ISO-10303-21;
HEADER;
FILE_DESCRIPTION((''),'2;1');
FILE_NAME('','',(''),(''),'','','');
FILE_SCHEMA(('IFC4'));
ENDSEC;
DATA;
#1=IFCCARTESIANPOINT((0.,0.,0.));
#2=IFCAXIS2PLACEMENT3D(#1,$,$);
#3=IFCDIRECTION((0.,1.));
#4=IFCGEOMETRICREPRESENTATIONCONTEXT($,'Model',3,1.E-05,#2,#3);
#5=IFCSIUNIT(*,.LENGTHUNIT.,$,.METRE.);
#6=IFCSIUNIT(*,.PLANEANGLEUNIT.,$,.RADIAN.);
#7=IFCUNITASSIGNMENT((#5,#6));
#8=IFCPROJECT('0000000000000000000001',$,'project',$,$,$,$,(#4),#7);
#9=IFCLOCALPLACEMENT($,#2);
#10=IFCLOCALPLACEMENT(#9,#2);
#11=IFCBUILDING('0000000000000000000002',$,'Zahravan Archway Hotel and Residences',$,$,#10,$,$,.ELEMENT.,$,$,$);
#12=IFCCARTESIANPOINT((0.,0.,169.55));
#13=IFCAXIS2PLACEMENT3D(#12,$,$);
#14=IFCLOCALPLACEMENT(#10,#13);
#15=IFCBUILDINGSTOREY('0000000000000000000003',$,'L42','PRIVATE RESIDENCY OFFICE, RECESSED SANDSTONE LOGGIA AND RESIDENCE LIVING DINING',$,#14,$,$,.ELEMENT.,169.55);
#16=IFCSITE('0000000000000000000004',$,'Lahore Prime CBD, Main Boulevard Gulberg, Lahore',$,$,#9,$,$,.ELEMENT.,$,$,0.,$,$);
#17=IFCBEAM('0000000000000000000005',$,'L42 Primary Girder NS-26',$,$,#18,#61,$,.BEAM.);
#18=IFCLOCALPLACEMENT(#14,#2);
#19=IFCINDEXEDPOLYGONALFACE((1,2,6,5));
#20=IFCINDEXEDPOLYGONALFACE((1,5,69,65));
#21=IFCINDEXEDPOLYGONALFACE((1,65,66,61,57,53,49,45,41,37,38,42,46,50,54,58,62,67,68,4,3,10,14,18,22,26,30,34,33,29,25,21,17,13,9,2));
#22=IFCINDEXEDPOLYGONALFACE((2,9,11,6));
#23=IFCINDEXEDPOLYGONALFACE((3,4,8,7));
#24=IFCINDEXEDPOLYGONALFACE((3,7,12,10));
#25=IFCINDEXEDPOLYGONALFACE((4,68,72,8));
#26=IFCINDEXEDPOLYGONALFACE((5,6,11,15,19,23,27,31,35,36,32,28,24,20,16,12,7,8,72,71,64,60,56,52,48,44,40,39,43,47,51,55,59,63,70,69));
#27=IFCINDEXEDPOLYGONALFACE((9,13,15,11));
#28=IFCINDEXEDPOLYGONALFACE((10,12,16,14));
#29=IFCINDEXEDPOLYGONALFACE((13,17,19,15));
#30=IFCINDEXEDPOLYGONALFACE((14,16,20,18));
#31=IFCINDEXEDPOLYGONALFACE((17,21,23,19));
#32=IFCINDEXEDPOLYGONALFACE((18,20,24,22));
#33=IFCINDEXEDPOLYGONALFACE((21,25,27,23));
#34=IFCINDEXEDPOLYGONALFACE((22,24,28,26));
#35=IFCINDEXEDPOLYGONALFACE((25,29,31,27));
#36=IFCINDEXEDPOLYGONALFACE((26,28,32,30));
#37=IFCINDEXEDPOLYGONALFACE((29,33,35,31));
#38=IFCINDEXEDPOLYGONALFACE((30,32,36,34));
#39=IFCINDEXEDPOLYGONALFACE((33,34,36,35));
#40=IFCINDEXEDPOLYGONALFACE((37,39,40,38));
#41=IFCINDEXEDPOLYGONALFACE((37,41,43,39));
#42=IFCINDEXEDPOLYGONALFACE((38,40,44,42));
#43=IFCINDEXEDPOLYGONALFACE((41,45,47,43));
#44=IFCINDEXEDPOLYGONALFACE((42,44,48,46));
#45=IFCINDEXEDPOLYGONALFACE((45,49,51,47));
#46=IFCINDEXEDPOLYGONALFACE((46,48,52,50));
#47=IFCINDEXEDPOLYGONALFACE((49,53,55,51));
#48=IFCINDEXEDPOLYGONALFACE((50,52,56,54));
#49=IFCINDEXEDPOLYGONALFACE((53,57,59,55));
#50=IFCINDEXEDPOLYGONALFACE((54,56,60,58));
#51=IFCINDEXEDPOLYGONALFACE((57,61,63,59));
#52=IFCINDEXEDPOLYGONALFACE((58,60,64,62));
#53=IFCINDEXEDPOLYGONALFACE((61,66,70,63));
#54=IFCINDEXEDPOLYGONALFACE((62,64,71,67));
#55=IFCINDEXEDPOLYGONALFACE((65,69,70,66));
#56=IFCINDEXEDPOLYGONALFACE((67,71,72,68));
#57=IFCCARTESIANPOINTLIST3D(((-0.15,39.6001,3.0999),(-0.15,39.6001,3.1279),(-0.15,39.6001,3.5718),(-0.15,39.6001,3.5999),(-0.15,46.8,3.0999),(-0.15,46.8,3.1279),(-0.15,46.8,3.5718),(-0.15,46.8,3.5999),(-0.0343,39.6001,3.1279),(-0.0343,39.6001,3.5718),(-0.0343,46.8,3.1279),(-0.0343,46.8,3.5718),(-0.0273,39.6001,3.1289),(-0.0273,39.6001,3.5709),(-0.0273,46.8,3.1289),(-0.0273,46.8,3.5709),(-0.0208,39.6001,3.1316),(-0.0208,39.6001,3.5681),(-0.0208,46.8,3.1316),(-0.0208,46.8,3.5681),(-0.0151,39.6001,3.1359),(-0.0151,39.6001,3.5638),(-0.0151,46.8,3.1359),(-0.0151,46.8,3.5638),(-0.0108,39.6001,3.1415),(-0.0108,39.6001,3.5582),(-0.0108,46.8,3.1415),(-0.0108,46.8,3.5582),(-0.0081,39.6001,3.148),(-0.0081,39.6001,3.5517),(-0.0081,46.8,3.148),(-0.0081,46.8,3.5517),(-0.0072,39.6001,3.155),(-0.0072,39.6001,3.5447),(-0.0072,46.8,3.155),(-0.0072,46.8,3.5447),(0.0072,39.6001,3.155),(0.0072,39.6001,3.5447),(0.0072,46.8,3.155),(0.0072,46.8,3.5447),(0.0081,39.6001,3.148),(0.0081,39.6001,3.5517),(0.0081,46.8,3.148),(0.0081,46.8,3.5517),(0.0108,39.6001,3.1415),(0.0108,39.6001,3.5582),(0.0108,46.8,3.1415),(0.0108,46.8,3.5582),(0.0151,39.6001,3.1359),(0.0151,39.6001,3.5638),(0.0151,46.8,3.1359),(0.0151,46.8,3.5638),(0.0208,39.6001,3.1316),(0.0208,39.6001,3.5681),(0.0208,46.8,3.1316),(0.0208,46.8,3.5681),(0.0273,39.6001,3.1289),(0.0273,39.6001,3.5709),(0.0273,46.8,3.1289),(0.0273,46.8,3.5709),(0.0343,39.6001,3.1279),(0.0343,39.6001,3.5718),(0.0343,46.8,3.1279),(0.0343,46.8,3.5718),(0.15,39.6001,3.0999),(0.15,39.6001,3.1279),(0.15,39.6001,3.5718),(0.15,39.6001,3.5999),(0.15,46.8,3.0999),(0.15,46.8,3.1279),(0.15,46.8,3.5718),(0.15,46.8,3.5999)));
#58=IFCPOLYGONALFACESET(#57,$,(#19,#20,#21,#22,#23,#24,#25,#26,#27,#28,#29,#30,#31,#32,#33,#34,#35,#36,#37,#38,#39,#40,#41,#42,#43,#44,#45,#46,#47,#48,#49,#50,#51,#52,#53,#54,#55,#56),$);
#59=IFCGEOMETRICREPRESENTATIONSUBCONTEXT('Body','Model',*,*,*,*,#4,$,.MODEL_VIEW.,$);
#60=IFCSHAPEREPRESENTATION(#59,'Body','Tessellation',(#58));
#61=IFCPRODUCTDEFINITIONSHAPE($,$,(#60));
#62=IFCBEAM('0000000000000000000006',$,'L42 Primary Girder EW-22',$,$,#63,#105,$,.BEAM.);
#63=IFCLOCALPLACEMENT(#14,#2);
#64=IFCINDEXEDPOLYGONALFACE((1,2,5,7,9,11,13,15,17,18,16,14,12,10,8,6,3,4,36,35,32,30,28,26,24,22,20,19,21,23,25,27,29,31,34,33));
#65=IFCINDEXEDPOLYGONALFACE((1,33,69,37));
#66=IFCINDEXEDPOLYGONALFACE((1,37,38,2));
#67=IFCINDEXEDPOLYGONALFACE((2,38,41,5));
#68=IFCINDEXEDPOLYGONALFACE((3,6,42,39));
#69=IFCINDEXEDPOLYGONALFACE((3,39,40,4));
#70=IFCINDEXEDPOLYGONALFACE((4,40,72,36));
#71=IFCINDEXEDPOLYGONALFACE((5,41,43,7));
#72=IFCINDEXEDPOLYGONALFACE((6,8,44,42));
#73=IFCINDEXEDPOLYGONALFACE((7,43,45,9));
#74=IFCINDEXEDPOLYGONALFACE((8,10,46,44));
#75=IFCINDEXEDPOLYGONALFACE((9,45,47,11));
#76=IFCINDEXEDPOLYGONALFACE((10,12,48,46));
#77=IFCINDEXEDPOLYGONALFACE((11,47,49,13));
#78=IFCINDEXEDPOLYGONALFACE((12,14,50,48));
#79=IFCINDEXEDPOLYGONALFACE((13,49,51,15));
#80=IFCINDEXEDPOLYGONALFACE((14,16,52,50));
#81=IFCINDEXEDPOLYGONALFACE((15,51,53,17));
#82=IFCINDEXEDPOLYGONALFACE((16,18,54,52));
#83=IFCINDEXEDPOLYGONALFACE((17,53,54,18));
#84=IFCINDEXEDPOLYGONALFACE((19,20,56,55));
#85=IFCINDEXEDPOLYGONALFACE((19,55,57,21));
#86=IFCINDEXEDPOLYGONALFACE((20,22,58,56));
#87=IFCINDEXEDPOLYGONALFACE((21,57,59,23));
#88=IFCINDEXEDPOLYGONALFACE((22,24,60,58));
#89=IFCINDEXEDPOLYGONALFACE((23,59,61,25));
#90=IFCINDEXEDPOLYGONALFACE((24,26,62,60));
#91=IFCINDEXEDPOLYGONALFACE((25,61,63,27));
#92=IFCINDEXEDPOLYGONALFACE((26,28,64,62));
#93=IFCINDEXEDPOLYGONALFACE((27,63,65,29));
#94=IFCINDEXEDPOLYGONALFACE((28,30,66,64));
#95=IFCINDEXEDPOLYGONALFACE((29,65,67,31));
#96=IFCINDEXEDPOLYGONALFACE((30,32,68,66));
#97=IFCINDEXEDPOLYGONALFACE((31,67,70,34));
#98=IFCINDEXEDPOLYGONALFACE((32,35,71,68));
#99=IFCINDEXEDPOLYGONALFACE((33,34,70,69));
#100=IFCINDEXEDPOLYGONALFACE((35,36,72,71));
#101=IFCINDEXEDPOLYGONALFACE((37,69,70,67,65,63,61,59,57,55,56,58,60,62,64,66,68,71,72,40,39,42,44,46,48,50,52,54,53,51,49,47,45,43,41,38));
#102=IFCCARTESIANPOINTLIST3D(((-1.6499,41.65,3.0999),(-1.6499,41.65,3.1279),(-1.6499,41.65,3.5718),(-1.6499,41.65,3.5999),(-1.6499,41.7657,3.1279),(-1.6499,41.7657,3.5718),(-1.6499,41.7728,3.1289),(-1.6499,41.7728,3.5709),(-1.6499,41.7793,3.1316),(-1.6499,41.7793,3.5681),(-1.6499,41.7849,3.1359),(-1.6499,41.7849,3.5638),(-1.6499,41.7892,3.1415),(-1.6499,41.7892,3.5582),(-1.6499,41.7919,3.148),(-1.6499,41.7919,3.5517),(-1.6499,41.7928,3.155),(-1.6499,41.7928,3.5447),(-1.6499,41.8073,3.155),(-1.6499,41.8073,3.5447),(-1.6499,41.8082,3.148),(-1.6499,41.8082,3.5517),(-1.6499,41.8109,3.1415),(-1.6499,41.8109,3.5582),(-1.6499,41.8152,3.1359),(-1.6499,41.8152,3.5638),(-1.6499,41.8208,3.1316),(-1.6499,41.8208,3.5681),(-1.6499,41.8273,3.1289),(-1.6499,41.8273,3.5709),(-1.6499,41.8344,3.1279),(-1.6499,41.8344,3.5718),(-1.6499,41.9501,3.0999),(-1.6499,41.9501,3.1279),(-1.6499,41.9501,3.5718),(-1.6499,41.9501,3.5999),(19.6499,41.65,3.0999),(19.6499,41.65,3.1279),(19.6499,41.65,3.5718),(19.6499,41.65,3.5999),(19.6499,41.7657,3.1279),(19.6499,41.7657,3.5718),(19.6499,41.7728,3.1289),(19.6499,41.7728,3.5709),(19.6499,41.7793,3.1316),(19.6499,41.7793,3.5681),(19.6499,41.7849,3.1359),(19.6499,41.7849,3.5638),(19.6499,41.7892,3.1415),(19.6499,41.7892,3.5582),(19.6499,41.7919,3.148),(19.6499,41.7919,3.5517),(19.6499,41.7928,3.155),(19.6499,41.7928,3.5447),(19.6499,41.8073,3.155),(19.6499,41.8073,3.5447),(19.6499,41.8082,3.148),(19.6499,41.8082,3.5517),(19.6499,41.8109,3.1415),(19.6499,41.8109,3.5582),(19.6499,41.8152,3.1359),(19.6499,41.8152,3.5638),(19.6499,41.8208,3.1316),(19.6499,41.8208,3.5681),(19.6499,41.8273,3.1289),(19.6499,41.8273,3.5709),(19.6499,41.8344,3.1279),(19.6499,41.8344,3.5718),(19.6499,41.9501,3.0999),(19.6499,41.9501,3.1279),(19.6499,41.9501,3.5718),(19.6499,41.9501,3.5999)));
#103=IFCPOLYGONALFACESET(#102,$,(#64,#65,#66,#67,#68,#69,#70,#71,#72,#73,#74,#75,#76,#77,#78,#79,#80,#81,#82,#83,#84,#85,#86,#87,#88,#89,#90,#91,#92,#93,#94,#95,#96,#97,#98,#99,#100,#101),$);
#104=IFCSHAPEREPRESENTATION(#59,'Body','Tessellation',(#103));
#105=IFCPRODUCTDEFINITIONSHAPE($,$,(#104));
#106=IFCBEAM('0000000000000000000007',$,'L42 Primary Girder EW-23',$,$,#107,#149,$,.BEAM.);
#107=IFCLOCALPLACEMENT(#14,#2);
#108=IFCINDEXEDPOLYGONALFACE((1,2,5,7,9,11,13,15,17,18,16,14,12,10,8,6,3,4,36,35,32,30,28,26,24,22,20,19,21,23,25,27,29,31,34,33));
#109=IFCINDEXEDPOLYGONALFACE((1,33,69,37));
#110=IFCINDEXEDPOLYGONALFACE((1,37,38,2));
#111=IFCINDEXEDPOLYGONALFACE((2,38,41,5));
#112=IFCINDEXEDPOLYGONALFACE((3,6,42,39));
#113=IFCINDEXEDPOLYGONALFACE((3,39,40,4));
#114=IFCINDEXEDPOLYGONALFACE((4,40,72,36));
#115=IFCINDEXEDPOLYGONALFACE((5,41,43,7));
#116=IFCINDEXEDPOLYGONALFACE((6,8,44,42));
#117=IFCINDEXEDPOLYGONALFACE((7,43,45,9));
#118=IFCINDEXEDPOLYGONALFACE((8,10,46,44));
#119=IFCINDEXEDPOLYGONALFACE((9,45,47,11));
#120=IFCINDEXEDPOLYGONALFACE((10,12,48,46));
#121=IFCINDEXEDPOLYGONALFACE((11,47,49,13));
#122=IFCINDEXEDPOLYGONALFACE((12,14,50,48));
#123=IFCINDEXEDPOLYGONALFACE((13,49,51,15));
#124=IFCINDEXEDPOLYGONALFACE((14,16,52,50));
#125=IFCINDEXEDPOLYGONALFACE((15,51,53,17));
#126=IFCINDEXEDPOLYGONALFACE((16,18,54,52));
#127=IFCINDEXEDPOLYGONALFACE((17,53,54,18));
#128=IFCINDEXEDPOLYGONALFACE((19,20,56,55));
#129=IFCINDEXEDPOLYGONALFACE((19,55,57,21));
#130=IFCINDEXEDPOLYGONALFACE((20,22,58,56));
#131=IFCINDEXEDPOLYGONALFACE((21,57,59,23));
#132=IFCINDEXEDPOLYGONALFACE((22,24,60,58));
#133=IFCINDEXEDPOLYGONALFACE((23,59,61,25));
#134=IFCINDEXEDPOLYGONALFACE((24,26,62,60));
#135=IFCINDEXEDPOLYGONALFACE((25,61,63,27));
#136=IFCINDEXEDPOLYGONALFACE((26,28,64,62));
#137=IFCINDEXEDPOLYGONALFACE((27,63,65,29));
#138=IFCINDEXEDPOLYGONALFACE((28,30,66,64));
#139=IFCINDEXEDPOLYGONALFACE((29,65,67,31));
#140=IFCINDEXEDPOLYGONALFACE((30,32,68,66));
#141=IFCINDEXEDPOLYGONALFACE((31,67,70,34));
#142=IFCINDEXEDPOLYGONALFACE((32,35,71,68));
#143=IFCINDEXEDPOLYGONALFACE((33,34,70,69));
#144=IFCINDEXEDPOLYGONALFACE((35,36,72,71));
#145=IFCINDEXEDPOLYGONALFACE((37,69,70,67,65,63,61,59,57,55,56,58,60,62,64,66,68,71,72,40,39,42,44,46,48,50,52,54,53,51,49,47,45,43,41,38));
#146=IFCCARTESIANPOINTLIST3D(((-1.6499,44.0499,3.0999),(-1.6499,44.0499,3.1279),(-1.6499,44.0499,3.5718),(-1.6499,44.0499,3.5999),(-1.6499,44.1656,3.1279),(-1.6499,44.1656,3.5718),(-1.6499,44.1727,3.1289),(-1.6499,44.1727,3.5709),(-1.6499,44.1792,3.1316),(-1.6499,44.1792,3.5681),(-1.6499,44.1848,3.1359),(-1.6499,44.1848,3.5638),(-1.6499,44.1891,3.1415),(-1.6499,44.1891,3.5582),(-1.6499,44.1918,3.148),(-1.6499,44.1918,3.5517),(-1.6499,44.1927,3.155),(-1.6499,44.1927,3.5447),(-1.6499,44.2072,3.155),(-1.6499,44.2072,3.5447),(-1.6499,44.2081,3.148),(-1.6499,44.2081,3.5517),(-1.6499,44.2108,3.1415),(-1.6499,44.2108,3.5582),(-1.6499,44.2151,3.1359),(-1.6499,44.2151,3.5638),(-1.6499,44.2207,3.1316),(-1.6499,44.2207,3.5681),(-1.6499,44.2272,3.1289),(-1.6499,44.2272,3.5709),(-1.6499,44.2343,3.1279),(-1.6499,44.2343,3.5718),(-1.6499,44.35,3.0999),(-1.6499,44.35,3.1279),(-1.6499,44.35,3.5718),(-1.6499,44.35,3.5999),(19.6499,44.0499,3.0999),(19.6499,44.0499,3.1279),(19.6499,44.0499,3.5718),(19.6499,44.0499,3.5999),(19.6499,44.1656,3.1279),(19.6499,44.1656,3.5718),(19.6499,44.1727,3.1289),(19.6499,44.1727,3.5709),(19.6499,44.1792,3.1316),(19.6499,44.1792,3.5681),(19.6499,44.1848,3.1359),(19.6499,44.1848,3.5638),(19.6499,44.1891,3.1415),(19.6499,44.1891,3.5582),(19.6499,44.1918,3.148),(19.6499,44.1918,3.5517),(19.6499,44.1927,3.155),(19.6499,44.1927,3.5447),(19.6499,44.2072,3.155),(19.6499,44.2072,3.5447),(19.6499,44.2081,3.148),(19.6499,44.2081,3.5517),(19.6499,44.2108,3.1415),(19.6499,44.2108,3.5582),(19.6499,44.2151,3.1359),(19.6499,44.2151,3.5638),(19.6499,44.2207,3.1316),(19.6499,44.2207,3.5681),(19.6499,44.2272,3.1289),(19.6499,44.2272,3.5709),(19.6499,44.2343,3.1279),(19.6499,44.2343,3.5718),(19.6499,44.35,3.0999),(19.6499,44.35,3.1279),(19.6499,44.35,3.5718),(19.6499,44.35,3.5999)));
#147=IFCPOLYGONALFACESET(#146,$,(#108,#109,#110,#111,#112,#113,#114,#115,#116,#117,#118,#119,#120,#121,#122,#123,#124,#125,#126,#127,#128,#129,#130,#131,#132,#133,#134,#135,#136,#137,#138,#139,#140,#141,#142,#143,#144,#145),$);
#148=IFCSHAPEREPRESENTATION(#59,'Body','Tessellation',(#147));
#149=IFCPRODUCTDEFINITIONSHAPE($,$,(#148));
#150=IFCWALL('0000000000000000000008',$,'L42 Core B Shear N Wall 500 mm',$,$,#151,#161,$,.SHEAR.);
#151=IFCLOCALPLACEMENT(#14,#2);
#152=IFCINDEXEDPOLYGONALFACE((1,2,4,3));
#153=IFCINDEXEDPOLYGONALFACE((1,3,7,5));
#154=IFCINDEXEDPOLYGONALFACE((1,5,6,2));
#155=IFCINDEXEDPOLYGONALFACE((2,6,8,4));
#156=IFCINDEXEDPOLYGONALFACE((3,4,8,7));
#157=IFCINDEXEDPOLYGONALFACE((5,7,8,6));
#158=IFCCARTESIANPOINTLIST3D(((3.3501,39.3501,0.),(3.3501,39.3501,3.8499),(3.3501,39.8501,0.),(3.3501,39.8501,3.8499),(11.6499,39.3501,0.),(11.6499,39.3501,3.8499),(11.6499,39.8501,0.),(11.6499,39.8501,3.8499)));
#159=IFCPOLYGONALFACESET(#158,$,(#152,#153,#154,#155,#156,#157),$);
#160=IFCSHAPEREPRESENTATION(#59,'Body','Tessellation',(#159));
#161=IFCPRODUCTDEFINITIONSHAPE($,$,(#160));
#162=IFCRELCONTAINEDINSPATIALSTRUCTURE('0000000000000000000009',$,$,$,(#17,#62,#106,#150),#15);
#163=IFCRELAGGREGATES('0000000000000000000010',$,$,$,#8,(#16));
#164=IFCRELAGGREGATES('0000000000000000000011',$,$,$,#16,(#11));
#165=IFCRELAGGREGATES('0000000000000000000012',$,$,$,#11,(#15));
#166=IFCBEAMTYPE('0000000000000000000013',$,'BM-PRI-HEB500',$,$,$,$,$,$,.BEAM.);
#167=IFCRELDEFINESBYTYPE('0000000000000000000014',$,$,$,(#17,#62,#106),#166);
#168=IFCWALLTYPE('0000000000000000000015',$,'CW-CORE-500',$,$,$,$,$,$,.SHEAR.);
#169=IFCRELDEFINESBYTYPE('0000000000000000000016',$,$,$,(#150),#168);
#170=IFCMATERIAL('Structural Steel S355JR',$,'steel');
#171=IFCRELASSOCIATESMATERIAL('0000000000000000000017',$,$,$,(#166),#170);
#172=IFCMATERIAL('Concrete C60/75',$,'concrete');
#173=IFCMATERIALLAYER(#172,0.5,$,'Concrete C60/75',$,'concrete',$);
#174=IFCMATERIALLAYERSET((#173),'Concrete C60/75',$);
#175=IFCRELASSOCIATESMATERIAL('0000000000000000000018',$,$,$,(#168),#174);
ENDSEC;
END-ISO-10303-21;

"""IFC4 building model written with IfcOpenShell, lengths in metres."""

from ifc_helpers import new_model, si_unit, direction, frame, frame_2d, origin, origin_2d, place, context, subcontext, project, spatial, rectangle, i_section, extrude, source, transform, mapped, material, layer, layer_set, material_profile, profile_set, type_object, element, save


model = new_model("IFC4")

# Units and contexts
model_context = context("Model", 3, precision=1e-05, world=origin(), true_north=direction((0.0, 1.0)))
body_context = subcontext(model_context, "Body", "Model", "MODEL_VIEW")
ifc_project = project(units=[si_unit("LENGTHUNIT", "METRE"), si_unit("PLANEANGLEUNIT", "RADIAN")], contexts=[model_context])

# Site, building, storey
site_placement = place(None, origin())
site = spatial("IfcSite", under=ifc_project, at=site_placement, Name="Lahore Prime CBD, Main Boulevard Gulberg, Lahore", CompositionType="ELEMENT", RefElevation=0.0)
building_placement = place(site_placement, origin())
building = spatial("IfcBuilding", under=site, at=building_placement, Name="Zahravan Archway Hotel and Residences", CompositionType="ELEMENT")
storey_placement = place(building_placement, frame((0.0, 0.0, 169.55)))
storey = spatial("IfcBuildingStorey", under=building, at=storey_placement, Name="L42", Description="PRIVATE RESIDENCY OFFICE, RECESSED SANDSTONE LOGGIA AND RESIDENCE LIVING DINING", CompositionType="ELEMENT", Elevation=169.55)

# Shared definitions
ifc_material_1 = material(Name="Concrete C60/75", Category="concrete")

# Beams
ifc_material_2 = material(Name="Structural Steel S355JR", Category="steel")
ifc_material_profile_1 = material_profile(ifc_material_2, i_section(OverallWidth=0.3, OverallDepth=0.5, WebThickness=0.0144, FlangeThickness=0.0281, FilletRadius=0.0271, at=origin_2d()), Name="HEB 500", Category="steel")
ifc_profile_set_1 = profile_set([ifc_material_profile_1], Name="Structural Steel S355JR")
beam_type_1 = type_object("IfcBeamType", Name="BM-PRI-HEB500", PredefinedType="BEAM", material=ifc_profile_set_1)
shared_shape_1 = source(origin(), body_context, "Body", "SweptSolid", [
    extrude(i_section(OverallWidth=0.3, OverallDepth=0.5, WebThickness=0.0144, FlangeThickness=0.0281, FilletRadius=0.0271, at=origin_2d()), origin(), (0.0, 0.0, 1.0), 7.2),
])
for number, where, z_axis, x_axis, name in (
    (1, (0.0, 39.6001, 3.3499), (0.0, 1.0, 0.0), (-1.0, 0.0, 0.0), "L42 Primary Girder NS-26"),
):
    element("IfcBeam", number, at=place(storey_placement, frame(where, z_axis=z_axis, x_axis=x_axis)), inside=storey, type_object=beam_type_1, Name=name, PredefinedType="BEAM", context=body_context, shape_type="MappedRepresentation", body=[
        mapped(shared_shape_1, transform((0.0, 0.0, 0.0), scale=1.0)),
    ])
shared_shape_2 = source(origin(), body_context, "Body", "SweptSolid", [
    extrude(i_section(OverallWidth=0.3, OverallDepth=0.5, WebThickness=0.0144, FlangeThickness=0.0281, FilletRadius=0.0271, at=origin_2d()), origin(), (0.0, 0.0, 1.0), 21.2998),
])
for number, where, z_axis, x_axis, name in (
    (2, (-1.6499, 41.8, 3.3499), (1.0, 0.0, 0.0), (0.0, 1.0, 0.0), "L42 Primary Girder EW-22"),
    (3, (-1.6499, 44.2, 3.3499), (1.0, 0.0, 0.0), (0.0, 1.0, 0.0), "L42 Primary Girder EW-23"),
):
    element("IfcBeam", number, at=place(storey_placement, frame(where, z_axis=z_axis, x_axis=x_axis)), inside=storey, type_object=beam_type_1, Name=name, PredefinedType="BEAM", context=body_context, shape_type="MappedRepresentation", body=[
        mapped(shared_shape_2, transform((0.0, 0.0, 0.0), scale=1.0)),
    ])

# Wall
ifc_layer_1 = layer(ifc_material_1, 0.5, Name="Concrete C60/75", Category="concrete")
ifc_layer_set_1 = layer_set([ifc_layer_1], Name="Concrete C60/75")
wall_type_1 = type_object("IfcWallType", Name="CW-CORE-500", PredefinedType="SHEAR", material=ifc_layer_set_1)
wall_1_placement = place(storey_placement, frame((3.3501, 39.6001, 0.0), z_axis=(0.0, 0.0, 1.0), x_axis=(1.0, 0.0, 0.0)))
element("IfcWall", 4, at=wall_1_placement, inside=storey, type_object=wall_type_1, Name="L42 Core B Shear N Wall 500 mm", PredefinedType="SHEAR", context=body_context, shape_type="SweptSolid", body=[
    extrude(rectangle(XDim=8.2998, YDim=0.5, at=frame_2d((4.1499, 0.0))), origin(), (0.0, 0.0, 1.0), 3.8499),
])

save(model, "model.ifc")
